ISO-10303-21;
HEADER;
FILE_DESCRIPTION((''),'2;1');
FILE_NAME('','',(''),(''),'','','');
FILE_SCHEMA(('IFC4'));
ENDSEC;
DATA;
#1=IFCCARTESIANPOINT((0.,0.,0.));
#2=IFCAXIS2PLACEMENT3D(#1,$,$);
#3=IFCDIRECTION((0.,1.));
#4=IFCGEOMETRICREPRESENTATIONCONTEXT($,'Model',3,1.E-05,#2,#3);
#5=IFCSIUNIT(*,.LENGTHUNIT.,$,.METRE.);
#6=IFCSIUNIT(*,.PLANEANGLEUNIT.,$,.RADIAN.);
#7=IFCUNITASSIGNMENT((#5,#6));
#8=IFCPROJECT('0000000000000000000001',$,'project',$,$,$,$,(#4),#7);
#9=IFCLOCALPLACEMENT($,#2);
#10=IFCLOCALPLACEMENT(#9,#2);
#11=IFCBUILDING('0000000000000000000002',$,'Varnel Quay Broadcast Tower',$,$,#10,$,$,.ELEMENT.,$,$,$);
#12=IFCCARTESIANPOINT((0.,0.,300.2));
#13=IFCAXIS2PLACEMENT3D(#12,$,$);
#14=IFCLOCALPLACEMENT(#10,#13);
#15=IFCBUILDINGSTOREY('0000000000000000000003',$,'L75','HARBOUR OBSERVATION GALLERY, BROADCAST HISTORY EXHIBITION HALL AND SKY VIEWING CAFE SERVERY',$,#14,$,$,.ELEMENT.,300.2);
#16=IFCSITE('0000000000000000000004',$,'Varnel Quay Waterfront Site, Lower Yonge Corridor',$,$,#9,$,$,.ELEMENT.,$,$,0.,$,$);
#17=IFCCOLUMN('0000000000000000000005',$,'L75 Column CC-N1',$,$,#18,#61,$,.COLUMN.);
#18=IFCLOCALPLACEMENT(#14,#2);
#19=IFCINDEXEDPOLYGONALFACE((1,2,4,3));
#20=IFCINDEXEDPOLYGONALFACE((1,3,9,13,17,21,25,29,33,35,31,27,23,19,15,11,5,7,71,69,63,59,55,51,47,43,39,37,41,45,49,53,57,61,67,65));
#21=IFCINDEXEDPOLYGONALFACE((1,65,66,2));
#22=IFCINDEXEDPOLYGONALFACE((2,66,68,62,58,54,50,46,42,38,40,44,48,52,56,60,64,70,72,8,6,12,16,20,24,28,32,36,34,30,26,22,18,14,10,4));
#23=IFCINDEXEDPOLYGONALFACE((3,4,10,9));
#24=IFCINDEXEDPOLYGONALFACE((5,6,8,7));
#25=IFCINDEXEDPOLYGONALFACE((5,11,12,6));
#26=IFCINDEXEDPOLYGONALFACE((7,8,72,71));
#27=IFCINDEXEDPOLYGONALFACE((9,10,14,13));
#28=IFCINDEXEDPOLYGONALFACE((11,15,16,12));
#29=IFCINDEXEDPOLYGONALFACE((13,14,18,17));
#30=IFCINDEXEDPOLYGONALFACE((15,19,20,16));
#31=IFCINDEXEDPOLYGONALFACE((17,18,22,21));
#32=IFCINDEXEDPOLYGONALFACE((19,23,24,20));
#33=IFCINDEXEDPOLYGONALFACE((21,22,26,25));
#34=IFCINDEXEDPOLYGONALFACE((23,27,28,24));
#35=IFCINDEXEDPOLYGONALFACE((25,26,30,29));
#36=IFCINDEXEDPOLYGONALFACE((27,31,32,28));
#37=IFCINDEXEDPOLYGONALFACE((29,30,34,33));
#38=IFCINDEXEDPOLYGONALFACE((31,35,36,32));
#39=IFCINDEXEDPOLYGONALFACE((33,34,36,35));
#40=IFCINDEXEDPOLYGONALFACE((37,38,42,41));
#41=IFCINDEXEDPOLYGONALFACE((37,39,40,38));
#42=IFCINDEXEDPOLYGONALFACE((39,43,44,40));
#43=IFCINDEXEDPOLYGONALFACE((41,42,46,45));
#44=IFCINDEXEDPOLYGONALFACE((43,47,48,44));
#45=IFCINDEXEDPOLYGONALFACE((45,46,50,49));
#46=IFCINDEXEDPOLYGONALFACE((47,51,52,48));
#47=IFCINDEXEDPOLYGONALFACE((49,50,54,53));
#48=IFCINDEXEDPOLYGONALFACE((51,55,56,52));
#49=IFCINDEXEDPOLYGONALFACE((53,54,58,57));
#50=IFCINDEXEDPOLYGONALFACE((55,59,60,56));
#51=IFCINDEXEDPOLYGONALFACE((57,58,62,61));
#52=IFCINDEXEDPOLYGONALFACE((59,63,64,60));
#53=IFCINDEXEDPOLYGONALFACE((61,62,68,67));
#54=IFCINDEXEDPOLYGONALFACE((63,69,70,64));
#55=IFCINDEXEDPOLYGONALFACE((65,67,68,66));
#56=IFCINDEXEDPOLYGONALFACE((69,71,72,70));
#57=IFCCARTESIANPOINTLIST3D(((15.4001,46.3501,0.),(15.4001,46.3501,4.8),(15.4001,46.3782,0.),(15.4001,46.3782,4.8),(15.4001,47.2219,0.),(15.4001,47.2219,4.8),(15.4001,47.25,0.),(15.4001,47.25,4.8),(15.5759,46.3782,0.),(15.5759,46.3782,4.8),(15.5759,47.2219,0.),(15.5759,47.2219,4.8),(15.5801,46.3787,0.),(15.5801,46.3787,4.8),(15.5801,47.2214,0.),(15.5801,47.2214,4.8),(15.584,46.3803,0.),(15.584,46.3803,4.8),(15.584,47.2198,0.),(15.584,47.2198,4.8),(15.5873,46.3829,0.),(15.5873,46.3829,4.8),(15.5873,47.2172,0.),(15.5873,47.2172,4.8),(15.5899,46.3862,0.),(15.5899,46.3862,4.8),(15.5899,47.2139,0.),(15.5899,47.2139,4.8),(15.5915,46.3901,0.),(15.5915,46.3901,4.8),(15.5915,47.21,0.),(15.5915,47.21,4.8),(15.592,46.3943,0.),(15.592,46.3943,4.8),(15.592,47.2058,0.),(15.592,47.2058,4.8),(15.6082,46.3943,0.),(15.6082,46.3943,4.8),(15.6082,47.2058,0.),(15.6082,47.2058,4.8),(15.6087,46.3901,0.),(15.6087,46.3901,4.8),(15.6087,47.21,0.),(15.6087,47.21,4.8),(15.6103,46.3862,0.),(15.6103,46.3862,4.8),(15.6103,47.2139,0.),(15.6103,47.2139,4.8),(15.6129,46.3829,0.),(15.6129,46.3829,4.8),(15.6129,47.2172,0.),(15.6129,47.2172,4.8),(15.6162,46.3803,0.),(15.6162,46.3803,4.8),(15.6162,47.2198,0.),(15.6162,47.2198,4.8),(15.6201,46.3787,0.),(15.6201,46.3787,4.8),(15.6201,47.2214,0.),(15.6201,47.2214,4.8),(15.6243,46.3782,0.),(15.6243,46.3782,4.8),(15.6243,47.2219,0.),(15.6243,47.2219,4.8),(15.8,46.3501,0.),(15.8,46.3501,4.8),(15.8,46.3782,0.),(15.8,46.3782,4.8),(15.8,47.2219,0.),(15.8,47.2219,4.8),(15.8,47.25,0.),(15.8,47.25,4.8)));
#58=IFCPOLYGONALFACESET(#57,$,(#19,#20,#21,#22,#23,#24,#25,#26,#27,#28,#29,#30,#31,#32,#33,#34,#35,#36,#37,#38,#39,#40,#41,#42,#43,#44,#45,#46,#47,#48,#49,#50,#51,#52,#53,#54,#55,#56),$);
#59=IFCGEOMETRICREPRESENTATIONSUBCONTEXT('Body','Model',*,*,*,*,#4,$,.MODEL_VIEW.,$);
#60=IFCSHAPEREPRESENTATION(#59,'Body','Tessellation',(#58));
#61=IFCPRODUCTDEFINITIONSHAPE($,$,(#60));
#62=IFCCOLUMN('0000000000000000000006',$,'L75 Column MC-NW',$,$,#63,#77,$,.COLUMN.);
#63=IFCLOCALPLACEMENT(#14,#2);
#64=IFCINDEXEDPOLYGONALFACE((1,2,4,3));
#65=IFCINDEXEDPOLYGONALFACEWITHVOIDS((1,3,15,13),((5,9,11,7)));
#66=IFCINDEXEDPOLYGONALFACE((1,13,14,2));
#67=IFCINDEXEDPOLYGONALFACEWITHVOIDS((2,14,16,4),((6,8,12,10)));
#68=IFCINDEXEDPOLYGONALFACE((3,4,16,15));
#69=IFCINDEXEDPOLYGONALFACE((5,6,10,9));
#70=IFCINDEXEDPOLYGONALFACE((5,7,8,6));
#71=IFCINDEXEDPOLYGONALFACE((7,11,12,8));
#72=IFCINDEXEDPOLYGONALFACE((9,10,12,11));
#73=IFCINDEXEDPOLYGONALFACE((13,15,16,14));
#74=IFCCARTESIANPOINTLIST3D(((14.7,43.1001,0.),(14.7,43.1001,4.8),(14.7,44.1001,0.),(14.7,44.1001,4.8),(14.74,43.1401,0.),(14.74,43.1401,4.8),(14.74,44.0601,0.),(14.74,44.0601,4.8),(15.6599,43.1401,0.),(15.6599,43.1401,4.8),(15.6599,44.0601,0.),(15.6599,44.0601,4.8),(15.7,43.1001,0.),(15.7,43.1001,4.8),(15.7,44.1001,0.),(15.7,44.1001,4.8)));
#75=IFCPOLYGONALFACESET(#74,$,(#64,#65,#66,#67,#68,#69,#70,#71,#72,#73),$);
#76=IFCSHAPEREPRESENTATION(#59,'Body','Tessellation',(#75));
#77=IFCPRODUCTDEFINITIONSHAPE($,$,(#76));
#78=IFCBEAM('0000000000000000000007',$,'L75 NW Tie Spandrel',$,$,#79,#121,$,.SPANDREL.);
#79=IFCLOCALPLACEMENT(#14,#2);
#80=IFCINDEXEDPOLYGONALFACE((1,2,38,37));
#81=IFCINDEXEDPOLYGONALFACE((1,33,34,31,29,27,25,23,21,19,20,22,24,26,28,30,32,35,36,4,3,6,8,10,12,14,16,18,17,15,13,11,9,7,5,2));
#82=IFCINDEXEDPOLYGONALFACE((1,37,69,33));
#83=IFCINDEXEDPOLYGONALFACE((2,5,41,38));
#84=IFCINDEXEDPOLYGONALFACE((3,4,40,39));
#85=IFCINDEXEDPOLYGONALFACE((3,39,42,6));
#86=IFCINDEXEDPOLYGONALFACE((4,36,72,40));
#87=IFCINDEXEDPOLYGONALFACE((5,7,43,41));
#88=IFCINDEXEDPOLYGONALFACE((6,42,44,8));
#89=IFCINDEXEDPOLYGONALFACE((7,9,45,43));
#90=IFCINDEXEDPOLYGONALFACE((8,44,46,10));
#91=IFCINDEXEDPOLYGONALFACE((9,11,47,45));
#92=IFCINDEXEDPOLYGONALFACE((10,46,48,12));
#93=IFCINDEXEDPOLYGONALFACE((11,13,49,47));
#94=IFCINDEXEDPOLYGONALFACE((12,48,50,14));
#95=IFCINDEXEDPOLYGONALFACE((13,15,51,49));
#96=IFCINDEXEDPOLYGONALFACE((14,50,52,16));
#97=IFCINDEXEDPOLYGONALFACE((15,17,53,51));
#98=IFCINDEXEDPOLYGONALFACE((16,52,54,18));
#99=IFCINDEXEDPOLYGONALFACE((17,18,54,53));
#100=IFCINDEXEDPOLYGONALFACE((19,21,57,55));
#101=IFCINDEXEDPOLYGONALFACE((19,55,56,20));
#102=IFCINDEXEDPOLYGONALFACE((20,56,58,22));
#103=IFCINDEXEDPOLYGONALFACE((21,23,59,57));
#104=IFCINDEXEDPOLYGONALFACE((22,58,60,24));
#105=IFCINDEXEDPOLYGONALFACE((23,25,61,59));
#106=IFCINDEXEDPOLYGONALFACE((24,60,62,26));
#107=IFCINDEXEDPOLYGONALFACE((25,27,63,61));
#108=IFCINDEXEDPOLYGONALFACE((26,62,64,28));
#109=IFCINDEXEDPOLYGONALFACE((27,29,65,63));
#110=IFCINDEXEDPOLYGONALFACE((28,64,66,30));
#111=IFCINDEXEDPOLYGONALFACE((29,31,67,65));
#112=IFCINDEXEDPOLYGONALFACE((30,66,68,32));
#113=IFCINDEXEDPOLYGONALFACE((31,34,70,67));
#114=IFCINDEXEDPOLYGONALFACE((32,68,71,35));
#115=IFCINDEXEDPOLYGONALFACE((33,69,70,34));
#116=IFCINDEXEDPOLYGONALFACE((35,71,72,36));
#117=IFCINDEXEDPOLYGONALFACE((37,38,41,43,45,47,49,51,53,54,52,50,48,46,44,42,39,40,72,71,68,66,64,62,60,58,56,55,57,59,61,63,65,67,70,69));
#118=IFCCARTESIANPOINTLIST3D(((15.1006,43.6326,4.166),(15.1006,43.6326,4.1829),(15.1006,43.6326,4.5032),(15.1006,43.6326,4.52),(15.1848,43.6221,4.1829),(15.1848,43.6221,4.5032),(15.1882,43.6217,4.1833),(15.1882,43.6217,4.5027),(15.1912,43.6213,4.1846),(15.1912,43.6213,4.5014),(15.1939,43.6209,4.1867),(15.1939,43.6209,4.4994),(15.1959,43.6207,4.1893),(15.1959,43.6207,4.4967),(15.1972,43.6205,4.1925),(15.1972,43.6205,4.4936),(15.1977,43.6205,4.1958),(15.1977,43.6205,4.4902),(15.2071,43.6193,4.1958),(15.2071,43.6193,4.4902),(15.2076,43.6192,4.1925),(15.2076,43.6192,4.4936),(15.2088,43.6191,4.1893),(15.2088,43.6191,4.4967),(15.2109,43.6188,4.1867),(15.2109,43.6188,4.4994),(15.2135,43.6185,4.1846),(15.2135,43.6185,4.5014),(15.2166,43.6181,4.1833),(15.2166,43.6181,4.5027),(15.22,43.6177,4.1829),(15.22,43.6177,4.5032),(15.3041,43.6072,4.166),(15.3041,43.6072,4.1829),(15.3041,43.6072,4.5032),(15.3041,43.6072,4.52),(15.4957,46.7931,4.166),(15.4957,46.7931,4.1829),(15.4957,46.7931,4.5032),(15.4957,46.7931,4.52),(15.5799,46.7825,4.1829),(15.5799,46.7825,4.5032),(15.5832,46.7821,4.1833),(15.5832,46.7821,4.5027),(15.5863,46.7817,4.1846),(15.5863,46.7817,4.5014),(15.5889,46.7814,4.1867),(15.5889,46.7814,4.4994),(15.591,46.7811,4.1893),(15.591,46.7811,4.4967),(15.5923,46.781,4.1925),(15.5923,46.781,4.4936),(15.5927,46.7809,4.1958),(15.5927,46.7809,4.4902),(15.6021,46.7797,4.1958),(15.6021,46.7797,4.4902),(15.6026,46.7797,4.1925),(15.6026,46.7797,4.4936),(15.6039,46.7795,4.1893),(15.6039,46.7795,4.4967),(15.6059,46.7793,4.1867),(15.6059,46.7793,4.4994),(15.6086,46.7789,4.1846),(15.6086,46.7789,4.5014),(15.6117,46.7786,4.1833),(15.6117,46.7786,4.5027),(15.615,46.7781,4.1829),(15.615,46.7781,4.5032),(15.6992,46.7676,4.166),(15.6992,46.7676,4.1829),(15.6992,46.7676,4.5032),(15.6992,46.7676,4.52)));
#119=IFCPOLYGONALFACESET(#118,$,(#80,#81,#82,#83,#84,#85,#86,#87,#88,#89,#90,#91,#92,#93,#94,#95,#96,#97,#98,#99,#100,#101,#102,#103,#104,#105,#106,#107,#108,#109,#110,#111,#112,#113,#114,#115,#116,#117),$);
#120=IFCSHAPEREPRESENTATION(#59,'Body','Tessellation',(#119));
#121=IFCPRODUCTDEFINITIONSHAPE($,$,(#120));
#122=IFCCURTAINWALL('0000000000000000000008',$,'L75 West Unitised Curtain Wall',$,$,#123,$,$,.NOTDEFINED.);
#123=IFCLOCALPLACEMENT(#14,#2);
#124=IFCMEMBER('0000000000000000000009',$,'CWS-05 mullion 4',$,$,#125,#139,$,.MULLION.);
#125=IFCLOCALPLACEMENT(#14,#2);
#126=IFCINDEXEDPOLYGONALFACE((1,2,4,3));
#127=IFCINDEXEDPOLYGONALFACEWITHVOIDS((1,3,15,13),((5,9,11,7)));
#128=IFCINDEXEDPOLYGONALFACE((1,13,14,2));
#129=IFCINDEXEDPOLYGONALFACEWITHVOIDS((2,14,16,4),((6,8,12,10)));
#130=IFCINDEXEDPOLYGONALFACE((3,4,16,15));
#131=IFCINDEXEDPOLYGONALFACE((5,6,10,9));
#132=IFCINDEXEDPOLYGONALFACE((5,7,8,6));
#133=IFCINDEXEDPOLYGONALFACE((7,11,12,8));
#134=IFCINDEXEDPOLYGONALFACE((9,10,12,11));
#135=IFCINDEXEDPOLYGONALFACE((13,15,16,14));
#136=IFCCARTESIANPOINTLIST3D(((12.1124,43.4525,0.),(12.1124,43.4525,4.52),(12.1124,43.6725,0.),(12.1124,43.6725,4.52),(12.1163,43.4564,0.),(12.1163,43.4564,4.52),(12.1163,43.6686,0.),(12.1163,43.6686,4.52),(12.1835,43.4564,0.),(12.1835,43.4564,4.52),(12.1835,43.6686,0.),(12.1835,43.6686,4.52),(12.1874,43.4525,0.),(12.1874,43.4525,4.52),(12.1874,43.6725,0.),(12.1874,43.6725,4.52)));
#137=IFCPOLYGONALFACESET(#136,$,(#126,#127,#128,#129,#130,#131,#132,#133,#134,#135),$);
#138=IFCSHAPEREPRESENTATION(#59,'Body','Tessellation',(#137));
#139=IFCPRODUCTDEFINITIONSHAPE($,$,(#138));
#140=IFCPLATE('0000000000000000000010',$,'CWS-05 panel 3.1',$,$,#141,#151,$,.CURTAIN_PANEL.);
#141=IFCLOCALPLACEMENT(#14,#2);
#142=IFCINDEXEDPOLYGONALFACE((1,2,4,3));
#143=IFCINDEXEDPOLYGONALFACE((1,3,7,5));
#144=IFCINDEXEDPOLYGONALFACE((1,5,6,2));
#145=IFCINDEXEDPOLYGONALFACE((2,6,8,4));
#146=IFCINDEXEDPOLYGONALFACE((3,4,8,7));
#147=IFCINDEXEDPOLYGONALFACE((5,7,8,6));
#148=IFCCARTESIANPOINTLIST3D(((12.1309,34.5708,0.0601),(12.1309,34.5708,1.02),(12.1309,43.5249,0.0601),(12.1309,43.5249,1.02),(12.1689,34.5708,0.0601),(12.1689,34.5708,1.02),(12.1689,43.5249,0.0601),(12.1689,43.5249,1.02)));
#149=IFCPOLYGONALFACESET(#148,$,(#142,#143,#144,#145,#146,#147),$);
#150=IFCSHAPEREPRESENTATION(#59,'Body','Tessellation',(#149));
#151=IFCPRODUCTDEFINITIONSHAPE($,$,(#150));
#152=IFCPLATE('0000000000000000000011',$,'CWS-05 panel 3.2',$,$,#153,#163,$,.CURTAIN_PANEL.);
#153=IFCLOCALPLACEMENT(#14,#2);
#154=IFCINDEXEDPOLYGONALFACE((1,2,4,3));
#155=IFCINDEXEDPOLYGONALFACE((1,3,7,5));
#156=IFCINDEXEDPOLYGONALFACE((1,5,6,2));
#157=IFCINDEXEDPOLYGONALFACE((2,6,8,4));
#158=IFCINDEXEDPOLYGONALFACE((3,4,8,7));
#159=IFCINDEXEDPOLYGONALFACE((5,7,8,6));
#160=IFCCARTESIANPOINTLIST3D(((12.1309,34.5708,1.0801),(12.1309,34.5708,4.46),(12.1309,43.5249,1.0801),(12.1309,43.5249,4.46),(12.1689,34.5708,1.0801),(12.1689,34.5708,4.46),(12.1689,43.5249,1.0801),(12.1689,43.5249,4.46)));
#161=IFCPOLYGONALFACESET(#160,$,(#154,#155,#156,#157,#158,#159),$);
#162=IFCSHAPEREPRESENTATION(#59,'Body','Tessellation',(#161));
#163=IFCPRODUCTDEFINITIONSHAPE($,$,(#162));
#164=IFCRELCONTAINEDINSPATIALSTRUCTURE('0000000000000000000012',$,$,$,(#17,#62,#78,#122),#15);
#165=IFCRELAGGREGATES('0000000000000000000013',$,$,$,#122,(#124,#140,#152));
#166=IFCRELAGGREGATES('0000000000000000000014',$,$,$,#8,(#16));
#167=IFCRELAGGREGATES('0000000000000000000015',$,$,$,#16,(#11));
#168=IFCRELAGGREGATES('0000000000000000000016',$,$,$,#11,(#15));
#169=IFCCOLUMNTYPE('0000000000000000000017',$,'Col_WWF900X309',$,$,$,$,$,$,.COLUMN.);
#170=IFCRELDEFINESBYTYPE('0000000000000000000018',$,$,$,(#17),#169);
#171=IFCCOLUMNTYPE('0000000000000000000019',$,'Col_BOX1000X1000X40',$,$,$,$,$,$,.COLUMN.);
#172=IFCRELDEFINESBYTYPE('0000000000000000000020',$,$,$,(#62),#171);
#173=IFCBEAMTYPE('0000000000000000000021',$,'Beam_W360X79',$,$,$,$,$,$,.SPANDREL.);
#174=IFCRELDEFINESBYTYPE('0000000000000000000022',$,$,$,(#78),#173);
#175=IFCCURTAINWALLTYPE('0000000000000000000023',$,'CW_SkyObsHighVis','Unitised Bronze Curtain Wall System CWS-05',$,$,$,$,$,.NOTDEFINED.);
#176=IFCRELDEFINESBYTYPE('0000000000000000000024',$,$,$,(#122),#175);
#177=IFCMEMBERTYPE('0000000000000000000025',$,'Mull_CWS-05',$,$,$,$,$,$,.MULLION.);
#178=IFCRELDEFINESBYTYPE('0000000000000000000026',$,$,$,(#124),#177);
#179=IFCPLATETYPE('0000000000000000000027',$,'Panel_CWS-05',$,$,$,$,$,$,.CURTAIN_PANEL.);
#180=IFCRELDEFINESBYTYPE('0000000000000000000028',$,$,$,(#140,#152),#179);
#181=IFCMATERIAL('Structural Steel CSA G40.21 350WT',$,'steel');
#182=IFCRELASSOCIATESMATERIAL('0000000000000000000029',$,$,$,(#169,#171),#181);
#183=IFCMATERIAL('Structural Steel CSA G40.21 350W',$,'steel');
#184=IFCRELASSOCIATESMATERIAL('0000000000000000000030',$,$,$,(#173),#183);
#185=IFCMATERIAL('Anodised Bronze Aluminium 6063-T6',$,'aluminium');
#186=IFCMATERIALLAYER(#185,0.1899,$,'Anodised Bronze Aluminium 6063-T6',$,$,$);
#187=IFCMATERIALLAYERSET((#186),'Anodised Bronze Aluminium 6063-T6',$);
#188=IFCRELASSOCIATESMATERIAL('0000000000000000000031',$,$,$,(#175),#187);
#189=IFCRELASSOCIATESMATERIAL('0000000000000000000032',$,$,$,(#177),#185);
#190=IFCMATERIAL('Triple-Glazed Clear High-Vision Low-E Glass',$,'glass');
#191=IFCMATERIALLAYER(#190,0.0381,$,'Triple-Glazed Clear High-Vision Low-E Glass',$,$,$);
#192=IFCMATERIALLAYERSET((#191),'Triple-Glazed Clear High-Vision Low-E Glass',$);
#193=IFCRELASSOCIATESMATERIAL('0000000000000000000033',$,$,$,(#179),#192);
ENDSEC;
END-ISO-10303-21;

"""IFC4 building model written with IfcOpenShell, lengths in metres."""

from ifc_helpers import new_model, si_unit, direction, frame, origin, origin_2d, place, context, subcontext, project, spatial, rectangle, hollow_rectangle, i_section, extrude, source, transform, mapped, material, layer, layer_set, material_profile, profile_set, type_object, type_shapes, element, aggregate, save


model = new_model("IFC4")

# Units and contexts
model_context = context("Model", 3, precision=1e-05, world=origin(), true_north=direction((0.0, 1.0)))
body_context = subcontext(model_context, "Body", "Model", "MODEL_VIEW")
ifc_project = project(units=[si_unit("LENGTHUNIT", "METRE"), si_unit("PLANEANGLEUNIT", "RADIAN")], contexts=[model_context])

# Site, building, storey
site_placement = place(None, origin())
site = spatial("IfcSite", under=ifc_project, at=site_placement, Name="Varnel Quay Waterfront Site, Lower Yonge Corridor", CompositionType="ELEMENT", RefElevation=0.0)
building_placement = place(site_placement, origin())
building = spatial("IfcBuilding", under=site, at=building_placement, Name="Varnel Quay Broadcast Tower", CompositionType="ELEMENT")
storey_placement = place(building_placement, frame((0.0, 0.0, 300.2)))
storey = spatial("IfcBuildingStorey", under=building, at=storey_placement, Name="L75", Description="HARBOUR OBSERVATION GALLERY, BROADCAST HISTORY EXHIBITION HALL AND SKY VIEWING CAFE SERVERY", CompositionType="ELEMENT", Elevation=300.2)

# Columns
ifc_material_1 = material(Name="Structural Steel CSA G40.21 350WT", Category="steel")
ifc_material_profile_1 = material_profile(ifc_material_1, i_section(OverallWidth=0.3999, OverallDepth=0.8999, WebThickness=0.0161, FlangeThickness=0.0281, FilletRadius=0.0161, at=origin_2d()), Name="WWF900X309")
ifc_profile_set_1 = profile_set([ifc_material_profile_1], Name="Structural Steel CSA G40.21 350WT")
column_type_1 = type_object("IfcColumnType", Name="Col_WWF900X309", PredefinedType="COLUMN", material=ifc_profile_set_1)
shared_shape_1 = source(origin(), body_context, "Body", "SweptSolid", [
    extrude(i_section(OverallWidth=0.3999, OverallDepth=0.8999, WebThickness=0.0161, FlangeThickness=0.0281, FilletRadius=0.0161, at=origin_2d()), origin(), (0.0, 0.0, 1.0), 4.8),
])
type_shapes(column_type_1, [shared_shape_1])
column_1_placement = place(storey_placement, frame((15.6001, 46.8, 0.0), z_axis=(0.0, 0.0, 1.0), x_axis=(1.0, 0.0, 0.0)))
element("IfcColumn", 1, at=column_1_placement, inside=storey, type_object=column_type_1, Name="L75 Column CC-N1", PredefinedType="COLUMN", context=body_context, shape_type="MappedRepresentation", body=[
    mapped(shared_shape_1, transform((0.0, 0.0, 0.0), x_axis=(1.0, 0.0, 0.0), y_axis=(0.0, 1.0, 0.0), z_axis=(0.0, 0.0, 1.0), scale=1.0)),
])
ifc_material_profile_2 = material_profile(ifc_material_1, hollow_rectangle(XDim=1.0, YDim=1.0, WallThickness=0.04, at=origin_2d()), Name="BOX1000X1000X40")
ifc_profile_set_2 = profile_set([ifc_material_profile_2], Name="Structural Steel CSA G40.21 350WT")
column_type_2 = type_object("IfcColumnType", Name="Col_BOX1000X1000X40", PredefinedType="COLUMN", material=ifc_profile_set_2)
shared_shape_2 = source(origin(), body_context, "Body", "SweptSolid", [
    extrude(hollow_rectangle(XDim=1.0, YDim=1.0, WallThickness=0.04, at=origin_2d()), origin(), (0.0, 0.0, 1.0), 4.8),
])
type_shapes(column_type_2, [shared_shape_2])
column_2_placement = place(storey_placement, frame((15.2, 43.6001, 0.0), z_axis=(0.0, 0.0, 1.0), x_axis=(1.0, 0.0, 0.0)))
element("IfcColumn", 2, at=column_2_placement, inside=storey, type_object=column_type_2, Name="L75 Column MC-NW", PredefinedType="COLUMN", context=body_context, shape_type="MappedRepresentation", body=[
    mapped(shared_shape_2, transform((0.0, 0.0, 0.0), x_axis=(1.0, 0.0, 0.0), y_axis=(0.0, 1.0, 0.0), z_axis=(0.0, 0.0, 1.0), scale=1.0)),
])

# Beam
ifc_material_2 = material(Name="Structural Steel CSA G40.21 350W", Category="steel")
ifc_material_profile_3 = material_profile(ifc_material_2, i_section(OverallWidth=0.2051, OverallDepth=0.354, WebThickness=0.0095, FlangeThickness=0.0168, FilletRadius=0.0129, at=origin_2d()), Name="W360X79")
ifc_profile_set_3 = profile_set([ifc_material_profile_3], Name="Structural Steel CSA G40.21 350W")
beam_type = type_object("IfcBeamType", Name="Beam_W360X79", PredefinedType="SPANDREL", material=ifc_profile_set_3)
shared_shape_3 = source(origin(), body_context, "Body", "SweptSolid", [
    extrude(i_section(OverallWidth=0.2051, OverallDepth=0.354, WebThickness=0.0095, FlangeThickness=0.0168, FilletRadius=0.0129, at=origin_2d()), origin(), (0.0, 0.0, 1.0), 3.1851),
])
type_shapes(beam_type, [shared_shape_3])
beam_placement = place(storey_placement, frame((15.2024, 43.6199, 4.343), z_axis=(0.124025, 0.992279, 0.0), x_axis=(-0.992279, 0.124025, 0.0)))
element("IfcBeam", 3, at=beam_placement, inside=storey, type_object=beam_type, Name="L75 NW Tie Spandrel", PredefinedType="SPANDREL", context=body_context, shape_type="MappedRepresentation", body=[
    mapped(shared_shape_3, transform((0.0, 0.0, 0.0), x_axis=(1.0, 0.0, 0.0), y_axis=(0.0, 1.0, 0.0), z_axis=(0.0, 0.0, 1.0), scale=1.0)),
])

# Curtain wall, member, plates
ifc_material_3 = material(Name="Anodised Bronze Aluminium 6063-T6", Category="aluminium")
ifc_layer_1 = layer(ifc_material_3, 0.1899, Name="Anodised Bronze Aluminium 6063-T6")
ifc_layer_set_1 = layer_set([ifc_layer_1], Name="Anodised Bronze Aluminium 6063-T6")
curtain_wall_type = type_object("IfcCurtainWallType", Name="CW_SkyObsHighVis", Description="Unitised Bronze Curtain Wall System CWS-05", PredefinedType="NOTDEFINED", material=ifc_layer_set_1)
curtain_wall_placement = place(storey_placement, origin())
curtain_wall = element("IfcCurtainWall", 4, at=curtain_wall_placement, inside=storey, type_object=curtain_wall_type, Name="L75 West Unitised Curtain Wall", PredefinedType="NOTDEFINED")
ifc_material_profile_4 = material_profile(ifc_material_3, hollow_rectangle(XDim=0.075, YDim=0.22, WallThickness=0.0039, at=origin_2d()), Name="ALU75X220X4")
ifc_profile_set_4 = profile_set([ifc_material_profile_4], Name="Anodised Bronze Aluminium 6063-T6")
member_type = type_object("IfcMemberType", Name="Mull_CWS-05", PredefinedType="MULLION", material=ifc_profile_set_4)
shared_shape_4 = source(origin(), body_context, "Body", "SweptSolid", [
    extrude(hollow_rectangle(XDim=0.075, YDim=0.22, WallThickness=0.0039, at=origin_2d()), origin(), (0.0, 0.0, 1.0), 4.52),
])
type_shapes(member_type, [shared_shape_4])
member_placement = place(storey_placement, frame((12.1499, 43.5625, 0.0), z_axis=(0.0, 0.0, 1.0), x_axis=(-1.0, 0.0, 0.0)))
member = element("IfcMember", 5, at=member_placement, type_object=member_type, Name="CWS-05 mullion 4", PredefinedType="MULLION", context=body_context, shape_type="MappedRepresentation", body=[
    mapped(shared_shape_4, transform((0.0, 0.0, 0.0), x_axis=(1.0, 0.0, 0.0), y_axis=(0.0, 1.0, 0.0), z_axis=(0.0, 0.0, 1.0), scale=1.0)),
])
ifc_material_4 = material(Name="Triple-Glazed Clear High-Vision Low-E Glass", Category="glass")
ifc_layer_2 = layer(ifc_material_4, 0.0381, Name="Triple-Glazed Clear High-Vision Low-E Glass")
ifc_layer_set_2 = layer_set([ifc_layer_2], Name="Triple-Glazed Clear High-Vision Low-E Glass")
plate_type = type_object("IfcPlateType", Name="Panel_CWS-05", PredefinedType="CURTAIN_PANEL", material=ifc_layer_set_2)
shared_shape_5 = source(origin(), body_context, "Body", "SweptSolid", [
    extrude(rectangle(XDim=8.9541, YDim=0.0381, at=origin_2d()), origin(), (0.0, 0.0, 1.0), 0.96),
])
plate_1_placement = place(storey_placement, frame((12.1499, 39.0479, 0.0601), z_axis=(0.0, 0.0, 1.0), x_axis=(0.0, 1.0, 0.0)))
plate_1 = element("IfcPlate", 6, at=plate_1_placement, type_object=plate_type, Name="CWS-05 panel 3.1", PredefinedType="CURTAIN_PANEL", context=body_context, shape_type="MappedRepresentation", body=[
    mapped(shared_shape_5, transform((0.0, 0.0, 0.0), x_axis=(1.0, 0.0, 0.0), y_axis=(0.0, 1.0, 0.0), z_axis=(0.0, 0.0, 1.0), scale=1.0)),
])
shared_shape_6 = source(origin(), body_context, "Body", "SweptSolid", [
    extrude(rectangle(XDim=8.9541, YDim=0.0381, at=origin_2d()), origin(), (0.0, 0.0, 1.0), 3.3799),
])
type_shapes(plate_type, [shared_shape_5, shared_shape_6])
plate_2_placement = place(storey_placement, frame((12.1499, 39.0479, 1.0801), z_axis=(0.0, 0.0, 1.0), x_axis=(0.0, 1.0, 0.0)))
plate_2 = element("IfcPlate", 7, at=plate_2_placement, type_object=plate_type, Name="CWS-05 panel 3.2", PredefinedType="CURTAIN_PANEL", context=body_context, shape_type="MappedRepresentation", body=[
    mapped(shared_shape_6, transform((0.0, 0.0, 0.0), x_axis=(1.0, 0.0, 0.0), y_axis=(0.0, 1.0, 0.0), z_axis=(0.0, 0.0, 1.0), scale=1.0)),
])
aggregate(curtain_wall, [member, plate_1, plate_2])

save(model, "model.ifc")
